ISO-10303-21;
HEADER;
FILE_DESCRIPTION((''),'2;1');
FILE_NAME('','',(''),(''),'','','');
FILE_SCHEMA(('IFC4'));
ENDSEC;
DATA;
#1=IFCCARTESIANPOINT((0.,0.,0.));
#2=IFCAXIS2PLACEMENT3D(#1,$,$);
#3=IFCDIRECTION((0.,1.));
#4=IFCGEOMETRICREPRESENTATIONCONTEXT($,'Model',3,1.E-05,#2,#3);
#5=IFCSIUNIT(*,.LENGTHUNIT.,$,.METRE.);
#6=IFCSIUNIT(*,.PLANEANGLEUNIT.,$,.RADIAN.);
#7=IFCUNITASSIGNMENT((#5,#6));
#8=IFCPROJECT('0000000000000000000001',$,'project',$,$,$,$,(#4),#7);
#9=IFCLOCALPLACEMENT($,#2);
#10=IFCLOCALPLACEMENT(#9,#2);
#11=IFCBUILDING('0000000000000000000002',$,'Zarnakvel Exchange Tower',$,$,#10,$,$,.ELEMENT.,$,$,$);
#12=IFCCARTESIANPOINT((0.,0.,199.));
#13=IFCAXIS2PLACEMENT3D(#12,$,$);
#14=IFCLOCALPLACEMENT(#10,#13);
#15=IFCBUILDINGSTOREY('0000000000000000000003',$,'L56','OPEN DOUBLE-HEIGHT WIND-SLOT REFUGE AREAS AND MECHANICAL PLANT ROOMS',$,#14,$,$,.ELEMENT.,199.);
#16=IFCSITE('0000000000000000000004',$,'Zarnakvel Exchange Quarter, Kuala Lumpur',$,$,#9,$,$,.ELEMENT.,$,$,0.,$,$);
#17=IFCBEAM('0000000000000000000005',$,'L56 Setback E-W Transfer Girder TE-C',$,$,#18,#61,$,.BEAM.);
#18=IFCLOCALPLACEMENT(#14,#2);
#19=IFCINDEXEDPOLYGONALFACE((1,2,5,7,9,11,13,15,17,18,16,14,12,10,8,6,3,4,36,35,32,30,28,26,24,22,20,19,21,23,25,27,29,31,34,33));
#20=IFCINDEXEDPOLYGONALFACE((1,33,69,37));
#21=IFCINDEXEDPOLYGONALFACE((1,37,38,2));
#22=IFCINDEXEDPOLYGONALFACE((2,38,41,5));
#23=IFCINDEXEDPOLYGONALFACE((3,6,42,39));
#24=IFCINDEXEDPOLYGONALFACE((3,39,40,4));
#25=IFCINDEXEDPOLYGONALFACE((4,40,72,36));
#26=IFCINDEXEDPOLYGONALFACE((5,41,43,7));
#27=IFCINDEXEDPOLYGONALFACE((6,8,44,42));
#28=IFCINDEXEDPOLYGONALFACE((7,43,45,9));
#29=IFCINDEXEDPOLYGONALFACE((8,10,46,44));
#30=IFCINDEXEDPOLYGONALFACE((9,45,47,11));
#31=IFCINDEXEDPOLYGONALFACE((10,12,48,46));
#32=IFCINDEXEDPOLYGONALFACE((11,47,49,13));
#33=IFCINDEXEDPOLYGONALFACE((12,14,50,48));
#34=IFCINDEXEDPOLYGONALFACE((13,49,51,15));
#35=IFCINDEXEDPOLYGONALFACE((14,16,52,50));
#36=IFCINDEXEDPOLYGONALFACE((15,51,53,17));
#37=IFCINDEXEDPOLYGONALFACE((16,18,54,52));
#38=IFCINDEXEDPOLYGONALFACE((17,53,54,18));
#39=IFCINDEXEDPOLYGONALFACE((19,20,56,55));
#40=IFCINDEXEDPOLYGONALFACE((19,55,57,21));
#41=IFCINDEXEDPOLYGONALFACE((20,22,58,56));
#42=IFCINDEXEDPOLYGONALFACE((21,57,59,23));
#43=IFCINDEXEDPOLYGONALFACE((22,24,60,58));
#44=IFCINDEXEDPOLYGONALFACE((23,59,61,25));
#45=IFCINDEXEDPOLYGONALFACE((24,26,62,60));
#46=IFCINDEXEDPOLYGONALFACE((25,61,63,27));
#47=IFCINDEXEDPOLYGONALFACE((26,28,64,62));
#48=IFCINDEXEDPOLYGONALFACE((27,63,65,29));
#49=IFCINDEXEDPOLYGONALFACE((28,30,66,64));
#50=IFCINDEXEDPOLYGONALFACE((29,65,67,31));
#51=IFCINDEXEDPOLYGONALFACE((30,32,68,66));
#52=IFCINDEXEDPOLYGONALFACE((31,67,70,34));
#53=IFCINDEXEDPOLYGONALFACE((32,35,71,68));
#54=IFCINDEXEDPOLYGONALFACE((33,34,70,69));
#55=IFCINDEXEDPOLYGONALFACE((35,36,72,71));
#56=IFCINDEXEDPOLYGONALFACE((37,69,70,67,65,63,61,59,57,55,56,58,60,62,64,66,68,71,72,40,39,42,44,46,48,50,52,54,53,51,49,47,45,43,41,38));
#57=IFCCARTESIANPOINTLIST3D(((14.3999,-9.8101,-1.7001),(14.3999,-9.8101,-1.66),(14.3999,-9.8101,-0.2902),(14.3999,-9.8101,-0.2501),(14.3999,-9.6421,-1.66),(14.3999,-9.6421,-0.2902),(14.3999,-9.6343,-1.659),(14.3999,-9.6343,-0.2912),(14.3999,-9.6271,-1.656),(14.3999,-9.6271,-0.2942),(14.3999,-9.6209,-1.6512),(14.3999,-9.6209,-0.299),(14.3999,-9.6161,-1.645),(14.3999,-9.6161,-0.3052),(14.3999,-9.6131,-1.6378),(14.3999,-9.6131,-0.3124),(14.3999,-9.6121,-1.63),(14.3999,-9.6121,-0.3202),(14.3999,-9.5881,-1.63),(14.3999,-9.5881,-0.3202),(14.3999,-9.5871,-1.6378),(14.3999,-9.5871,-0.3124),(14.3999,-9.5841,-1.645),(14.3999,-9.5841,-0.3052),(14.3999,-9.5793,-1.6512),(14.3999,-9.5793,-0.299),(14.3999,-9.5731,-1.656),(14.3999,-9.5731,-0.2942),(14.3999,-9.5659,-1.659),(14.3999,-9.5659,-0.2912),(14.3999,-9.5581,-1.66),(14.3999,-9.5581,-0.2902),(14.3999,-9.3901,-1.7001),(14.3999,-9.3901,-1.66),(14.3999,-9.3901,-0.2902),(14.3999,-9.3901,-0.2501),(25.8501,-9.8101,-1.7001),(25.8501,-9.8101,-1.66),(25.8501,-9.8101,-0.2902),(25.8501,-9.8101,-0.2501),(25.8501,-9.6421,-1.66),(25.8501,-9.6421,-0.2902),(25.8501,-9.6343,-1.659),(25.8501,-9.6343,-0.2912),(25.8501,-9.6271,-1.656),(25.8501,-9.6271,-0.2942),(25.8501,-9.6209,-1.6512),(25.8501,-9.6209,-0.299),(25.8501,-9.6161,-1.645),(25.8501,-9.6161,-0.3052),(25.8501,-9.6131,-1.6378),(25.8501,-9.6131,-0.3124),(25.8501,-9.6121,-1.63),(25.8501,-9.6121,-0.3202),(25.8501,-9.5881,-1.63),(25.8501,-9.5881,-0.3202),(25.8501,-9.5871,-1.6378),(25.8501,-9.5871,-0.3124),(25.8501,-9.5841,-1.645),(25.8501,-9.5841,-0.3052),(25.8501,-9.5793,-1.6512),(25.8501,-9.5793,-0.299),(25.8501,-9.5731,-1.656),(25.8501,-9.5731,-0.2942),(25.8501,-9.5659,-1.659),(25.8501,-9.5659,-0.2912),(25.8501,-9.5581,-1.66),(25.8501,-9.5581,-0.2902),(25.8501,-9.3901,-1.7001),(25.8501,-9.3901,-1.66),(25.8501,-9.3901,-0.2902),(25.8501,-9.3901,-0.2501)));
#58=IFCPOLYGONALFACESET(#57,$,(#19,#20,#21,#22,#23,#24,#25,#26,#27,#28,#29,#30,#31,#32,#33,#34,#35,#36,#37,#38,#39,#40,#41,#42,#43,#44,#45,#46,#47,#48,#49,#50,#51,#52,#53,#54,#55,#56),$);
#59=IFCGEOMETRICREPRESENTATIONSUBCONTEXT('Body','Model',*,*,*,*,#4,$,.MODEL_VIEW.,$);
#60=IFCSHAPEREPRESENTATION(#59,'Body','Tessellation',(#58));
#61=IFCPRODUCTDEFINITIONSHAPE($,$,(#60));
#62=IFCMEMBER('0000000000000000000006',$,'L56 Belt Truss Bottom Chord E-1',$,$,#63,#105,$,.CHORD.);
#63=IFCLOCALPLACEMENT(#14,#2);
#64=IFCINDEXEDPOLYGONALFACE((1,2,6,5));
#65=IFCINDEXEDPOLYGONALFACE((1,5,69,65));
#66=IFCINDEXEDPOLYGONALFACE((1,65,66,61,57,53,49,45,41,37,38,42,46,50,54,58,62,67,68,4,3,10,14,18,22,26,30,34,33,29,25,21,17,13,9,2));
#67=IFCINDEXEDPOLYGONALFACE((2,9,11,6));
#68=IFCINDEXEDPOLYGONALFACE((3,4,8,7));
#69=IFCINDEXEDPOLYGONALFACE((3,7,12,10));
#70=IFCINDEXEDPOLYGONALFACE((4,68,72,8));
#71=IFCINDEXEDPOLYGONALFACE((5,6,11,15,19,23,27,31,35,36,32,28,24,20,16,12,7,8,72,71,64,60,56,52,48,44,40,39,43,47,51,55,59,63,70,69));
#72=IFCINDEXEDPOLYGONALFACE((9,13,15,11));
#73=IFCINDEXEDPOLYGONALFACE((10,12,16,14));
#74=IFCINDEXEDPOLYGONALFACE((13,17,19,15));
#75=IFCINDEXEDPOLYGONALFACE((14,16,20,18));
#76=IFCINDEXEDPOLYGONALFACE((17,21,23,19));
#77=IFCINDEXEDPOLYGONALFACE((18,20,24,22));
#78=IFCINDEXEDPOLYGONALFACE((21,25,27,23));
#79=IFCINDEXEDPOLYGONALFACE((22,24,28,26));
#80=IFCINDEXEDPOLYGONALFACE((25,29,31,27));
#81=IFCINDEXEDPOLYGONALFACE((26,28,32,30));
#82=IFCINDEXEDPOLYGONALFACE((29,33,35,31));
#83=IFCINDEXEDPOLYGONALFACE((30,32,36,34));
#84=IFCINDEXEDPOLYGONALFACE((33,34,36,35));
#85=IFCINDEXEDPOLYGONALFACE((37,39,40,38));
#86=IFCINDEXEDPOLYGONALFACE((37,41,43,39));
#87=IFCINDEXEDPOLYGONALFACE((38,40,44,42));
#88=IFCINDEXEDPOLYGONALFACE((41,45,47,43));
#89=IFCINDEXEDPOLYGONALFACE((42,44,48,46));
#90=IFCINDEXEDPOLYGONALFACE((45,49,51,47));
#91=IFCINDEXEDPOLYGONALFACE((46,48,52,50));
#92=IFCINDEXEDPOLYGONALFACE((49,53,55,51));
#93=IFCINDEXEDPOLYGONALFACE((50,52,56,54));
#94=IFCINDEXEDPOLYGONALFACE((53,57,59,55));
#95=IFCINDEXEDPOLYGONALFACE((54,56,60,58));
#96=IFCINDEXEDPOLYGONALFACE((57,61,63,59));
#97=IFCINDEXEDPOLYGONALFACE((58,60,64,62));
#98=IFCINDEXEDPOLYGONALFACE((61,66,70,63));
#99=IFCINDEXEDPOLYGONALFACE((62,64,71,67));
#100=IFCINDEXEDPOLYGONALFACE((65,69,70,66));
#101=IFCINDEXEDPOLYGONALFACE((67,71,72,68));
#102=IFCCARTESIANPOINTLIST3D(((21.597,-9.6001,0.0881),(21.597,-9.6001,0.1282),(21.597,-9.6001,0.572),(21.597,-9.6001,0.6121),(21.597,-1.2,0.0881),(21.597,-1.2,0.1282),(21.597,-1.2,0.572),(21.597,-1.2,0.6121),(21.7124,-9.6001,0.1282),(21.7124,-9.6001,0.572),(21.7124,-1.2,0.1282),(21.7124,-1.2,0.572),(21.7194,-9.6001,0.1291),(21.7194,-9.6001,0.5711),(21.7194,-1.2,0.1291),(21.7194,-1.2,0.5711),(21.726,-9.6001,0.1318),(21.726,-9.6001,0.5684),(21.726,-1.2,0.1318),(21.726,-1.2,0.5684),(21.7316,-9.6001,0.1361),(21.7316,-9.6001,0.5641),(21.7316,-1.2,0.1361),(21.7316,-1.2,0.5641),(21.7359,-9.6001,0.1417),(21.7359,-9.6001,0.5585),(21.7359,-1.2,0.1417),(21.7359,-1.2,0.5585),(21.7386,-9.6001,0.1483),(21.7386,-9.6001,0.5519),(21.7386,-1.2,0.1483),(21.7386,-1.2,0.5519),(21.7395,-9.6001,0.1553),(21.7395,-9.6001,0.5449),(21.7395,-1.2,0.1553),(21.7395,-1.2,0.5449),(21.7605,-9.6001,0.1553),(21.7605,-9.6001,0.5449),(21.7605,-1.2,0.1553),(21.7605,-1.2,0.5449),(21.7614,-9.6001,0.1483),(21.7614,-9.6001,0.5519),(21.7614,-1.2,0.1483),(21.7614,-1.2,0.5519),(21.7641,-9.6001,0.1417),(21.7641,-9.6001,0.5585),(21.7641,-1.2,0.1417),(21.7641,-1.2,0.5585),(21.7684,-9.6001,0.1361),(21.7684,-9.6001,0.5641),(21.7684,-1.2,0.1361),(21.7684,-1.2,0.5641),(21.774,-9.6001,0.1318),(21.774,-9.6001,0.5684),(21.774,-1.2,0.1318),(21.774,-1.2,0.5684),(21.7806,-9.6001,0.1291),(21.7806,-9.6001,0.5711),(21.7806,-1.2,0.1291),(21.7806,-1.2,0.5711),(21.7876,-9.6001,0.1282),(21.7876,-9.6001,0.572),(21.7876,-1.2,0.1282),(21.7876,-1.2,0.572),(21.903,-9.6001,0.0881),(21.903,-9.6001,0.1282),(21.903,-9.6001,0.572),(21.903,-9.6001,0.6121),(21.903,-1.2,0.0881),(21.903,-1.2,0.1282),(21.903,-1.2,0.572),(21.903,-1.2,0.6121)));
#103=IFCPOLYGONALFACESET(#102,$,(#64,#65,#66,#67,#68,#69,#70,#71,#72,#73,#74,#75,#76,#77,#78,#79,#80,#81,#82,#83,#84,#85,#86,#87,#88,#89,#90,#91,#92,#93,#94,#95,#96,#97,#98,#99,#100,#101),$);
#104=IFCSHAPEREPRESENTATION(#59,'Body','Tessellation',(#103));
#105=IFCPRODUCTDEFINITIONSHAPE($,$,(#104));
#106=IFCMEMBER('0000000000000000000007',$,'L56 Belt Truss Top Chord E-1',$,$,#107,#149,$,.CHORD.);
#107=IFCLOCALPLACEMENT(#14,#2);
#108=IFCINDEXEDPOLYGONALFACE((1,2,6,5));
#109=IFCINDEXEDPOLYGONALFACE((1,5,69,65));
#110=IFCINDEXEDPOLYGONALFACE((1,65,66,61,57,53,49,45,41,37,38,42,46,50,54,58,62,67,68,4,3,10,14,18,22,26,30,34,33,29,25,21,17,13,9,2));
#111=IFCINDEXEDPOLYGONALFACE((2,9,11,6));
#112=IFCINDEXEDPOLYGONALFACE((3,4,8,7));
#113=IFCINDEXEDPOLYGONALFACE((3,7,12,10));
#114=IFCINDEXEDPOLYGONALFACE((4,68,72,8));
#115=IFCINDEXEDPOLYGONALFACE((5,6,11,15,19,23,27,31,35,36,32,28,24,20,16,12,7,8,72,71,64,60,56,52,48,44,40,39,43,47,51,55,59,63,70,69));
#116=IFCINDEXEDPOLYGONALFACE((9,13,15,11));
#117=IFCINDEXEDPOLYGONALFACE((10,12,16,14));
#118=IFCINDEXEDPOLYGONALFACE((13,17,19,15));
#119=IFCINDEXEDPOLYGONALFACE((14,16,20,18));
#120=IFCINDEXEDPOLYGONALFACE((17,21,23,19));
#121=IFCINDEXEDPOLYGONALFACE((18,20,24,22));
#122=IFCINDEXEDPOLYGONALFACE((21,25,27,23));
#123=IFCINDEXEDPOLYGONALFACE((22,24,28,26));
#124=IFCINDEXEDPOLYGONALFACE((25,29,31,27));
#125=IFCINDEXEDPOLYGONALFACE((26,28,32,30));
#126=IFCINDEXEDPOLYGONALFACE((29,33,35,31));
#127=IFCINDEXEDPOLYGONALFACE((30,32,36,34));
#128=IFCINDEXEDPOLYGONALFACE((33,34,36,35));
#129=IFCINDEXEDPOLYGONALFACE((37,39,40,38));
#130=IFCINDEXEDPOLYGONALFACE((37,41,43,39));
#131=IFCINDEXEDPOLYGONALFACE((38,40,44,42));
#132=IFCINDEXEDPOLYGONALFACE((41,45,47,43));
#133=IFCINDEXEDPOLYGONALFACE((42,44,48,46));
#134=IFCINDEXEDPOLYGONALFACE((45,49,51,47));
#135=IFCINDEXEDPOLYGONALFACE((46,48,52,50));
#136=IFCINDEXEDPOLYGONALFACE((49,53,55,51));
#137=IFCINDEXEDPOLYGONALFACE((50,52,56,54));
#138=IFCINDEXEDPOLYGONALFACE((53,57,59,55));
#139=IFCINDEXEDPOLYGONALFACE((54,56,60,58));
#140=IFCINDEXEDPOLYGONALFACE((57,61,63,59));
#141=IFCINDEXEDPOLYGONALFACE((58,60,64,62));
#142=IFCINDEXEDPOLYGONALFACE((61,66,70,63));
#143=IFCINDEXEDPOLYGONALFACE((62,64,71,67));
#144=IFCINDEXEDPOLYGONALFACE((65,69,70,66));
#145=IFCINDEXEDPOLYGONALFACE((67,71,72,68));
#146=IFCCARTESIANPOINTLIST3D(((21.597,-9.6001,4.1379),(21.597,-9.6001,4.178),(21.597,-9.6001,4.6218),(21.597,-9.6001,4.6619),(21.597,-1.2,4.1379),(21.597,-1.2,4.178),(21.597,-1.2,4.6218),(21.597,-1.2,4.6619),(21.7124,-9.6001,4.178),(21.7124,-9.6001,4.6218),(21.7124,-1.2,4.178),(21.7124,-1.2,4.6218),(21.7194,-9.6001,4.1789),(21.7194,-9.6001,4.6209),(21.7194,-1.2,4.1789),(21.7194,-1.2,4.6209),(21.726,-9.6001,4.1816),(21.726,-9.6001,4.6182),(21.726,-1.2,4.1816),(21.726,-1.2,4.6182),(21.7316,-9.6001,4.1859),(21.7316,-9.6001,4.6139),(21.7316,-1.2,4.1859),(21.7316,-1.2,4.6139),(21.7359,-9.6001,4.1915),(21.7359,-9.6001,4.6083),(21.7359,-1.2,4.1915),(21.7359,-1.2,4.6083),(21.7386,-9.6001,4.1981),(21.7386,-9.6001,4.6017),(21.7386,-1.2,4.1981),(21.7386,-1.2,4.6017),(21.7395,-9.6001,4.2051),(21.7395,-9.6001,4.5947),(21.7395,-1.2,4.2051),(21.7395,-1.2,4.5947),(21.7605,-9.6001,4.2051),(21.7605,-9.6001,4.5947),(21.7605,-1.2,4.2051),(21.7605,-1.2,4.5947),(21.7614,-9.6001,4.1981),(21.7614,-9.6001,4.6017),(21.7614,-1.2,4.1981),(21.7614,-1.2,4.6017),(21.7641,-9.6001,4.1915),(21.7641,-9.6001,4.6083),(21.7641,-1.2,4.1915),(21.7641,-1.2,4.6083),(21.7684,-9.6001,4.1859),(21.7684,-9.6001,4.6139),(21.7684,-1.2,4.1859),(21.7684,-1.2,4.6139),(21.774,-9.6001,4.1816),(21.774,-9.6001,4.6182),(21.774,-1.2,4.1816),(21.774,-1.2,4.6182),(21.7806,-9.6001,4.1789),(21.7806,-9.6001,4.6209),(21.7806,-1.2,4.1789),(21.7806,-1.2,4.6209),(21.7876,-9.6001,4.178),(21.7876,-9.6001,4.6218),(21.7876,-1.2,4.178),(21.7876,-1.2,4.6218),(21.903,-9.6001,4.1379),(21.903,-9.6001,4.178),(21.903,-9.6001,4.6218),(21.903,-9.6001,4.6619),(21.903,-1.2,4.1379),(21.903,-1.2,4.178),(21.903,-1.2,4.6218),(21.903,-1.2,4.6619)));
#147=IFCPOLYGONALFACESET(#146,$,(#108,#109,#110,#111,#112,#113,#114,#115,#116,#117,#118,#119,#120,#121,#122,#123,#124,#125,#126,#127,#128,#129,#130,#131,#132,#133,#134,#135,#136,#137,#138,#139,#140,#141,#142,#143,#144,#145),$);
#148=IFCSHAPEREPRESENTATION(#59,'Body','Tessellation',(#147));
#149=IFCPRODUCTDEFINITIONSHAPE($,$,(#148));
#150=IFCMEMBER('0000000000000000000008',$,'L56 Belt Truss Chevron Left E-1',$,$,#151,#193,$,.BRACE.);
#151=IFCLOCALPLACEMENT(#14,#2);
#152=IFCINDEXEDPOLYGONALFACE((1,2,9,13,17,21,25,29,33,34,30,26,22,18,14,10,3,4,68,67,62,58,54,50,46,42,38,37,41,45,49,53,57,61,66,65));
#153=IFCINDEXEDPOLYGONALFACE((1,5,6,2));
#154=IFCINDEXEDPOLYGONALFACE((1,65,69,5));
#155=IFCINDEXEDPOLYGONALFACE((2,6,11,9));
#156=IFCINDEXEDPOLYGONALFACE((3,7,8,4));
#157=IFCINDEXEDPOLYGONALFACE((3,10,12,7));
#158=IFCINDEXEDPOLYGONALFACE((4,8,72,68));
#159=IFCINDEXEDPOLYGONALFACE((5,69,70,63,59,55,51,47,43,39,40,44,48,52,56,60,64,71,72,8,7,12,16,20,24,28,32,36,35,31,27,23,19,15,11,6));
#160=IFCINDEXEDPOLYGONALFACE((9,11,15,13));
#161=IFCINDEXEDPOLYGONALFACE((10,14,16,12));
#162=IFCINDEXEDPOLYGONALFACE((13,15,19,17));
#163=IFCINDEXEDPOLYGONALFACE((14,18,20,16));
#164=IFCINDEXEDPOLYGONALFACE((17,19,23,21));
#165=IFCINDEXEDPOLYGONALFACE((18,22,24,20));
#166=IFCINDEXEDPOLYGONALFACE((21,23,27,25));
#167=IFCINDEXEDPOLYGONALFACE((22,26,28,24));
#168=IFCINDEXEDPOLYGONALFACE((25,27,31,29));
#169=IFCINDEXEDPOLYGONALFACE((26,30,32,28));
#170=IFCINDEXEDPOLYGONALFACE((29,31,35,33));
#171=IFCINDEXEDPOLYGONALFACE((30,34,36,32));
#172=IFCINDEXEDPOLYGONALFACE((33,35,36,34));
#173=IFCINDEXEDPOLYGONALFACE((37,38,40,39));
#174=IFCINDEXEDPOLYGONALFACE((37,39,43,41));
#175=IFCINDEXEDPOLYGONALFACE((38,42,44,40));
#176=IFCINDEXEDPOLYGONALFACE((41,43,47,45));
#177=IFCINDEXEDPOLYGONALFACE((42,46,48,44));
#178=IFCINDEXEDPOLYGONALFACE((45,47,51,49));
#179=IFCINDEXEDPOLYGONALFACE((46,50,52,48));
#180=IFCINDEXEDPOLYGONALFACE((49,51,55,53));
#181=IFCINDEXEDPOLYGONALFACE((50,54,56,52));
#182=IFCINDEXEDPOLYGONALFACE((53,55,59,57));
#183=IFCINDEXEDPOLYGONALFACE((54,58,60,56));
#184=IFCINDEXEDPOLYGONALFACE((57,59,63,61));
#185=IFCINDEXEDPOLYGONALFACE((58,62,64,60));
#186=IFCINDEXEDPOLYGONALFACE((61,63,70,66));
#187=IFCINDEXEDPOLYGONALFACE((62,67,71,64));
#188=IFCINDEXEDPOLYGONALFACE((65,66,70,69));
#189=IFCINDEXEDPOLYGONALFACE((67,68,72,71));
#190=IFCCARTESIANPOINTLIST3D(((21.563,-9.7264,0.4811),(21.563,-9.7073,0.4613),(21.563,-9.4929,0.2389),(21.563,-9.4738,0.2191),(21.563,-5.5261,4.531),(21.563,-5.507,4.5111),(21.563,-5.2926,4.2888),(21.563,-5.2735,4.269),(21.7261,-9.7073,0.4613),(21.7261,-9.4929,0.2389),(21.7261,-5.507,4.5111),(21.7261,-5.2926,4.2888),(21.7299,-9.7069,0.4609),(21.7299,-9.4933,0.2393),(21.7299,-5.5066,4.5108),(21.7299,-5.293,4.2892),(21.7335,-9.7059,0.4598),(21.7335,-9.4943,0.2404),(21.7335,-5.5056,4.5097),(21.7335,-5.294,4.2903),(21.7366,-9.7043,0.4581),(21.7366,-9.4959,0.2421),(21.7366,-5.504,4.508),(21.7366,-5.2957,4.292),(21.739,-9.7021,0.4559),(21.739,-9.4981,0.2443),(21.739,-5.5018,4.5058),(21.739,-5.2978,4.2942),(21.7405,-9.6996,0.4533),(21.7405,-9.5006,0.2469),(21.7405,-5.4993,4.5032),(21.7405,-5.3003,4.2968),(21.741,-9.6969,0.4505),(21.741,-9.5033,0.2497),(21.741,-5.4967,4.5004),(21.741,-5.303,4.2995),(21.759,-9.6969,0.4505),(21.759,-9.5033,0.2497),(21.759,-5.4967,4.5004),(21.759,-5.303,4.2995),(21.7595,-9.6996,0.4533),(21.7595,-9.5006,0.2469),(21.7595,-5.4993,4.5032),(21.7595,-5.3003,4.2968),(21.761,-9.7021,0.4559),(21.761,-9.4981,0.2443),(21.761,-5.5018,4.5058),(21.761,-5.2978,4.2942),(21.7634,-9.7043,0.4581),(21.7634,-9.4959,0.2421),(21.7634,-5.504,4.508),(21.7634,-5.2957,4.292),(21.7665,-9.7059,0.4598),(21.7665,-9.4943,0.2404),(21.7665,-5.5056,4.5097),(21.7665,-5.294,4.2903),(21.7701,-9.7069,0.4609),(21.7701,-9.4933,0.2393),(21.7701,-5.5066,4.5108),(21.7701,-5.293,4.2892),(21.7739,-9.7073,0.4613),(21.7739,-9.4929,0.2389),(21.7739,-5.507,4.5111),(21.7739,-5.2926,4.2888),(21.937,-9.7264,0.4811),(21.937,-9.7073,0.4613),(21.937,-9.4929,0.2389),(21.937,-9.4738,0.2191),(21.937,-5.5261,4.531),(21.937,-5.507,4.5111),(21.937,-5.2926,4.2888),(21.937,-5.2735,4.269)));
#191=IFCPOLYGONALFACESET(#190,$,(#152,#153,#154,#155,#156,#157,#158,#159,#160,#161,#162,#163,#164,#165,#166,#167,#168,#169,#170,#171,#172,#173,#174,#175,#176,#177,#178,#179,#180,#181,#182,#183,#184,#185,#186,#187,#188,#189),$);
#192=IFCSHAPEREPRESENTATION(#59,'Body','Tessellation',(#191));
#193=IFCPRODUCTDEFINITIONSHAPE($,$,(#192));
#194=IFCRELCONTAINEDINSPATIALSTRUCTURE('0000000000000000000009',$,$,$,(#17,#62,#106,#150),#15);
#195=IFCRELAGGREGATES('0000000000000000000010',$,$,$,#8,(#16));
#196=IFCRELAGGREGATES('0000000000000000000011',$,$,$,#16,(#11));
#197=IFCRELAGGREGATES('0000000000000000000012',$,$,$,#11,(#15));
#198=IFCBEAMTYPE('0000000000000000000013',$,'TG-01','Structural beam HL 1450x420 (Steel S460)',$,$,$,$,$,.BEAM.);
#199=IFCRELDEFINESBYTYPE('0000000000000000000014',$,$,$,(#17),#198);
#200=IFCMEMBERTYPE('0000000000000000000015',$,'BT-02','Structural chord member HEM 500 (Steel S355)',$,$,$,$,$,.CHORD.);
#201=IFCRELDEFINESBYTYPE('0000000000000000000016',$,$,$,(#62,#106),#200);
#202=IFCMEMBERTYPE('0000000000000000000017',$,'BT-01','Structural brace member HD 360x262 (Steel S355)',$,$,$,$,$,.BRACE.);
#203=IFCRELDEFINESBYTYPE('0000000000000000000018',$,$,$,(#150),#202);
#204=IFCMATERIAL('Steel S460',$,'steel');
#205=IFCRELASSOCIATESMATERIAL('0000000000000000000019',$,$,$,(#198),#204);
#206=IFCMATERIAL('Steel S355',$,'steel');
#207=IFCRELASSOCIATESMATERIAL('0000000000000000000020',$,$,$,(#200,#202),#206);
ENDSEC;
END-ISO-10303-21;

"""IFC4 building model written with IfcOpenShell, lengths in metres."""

from ifc_helpers import new_model, si_unit, direction, frame, origin, origin_2d, place, context, subcontext, project, spatial, i_section, extrude, source, transform, mapped, material, material_profile, profile_set, type_object, element, save


model = new_model("IFC4")

# Units and contexts
model_context = context("Model", 3, precision=1e-05, world=origin(), true_north=direction((0.0, 1.0)))
body_context = subcontext(model_context, "Body", "Model", "MODEL_VIEW")
ifc_project = project(units=[si_unit("LENGTHUNIT", "METRE"), si_unit("PLANEANGLEUNIT", "RADIAN")], contexts=[model_context])

# Site, building, storey
site_placement = place(None, origin())
site = spatial("IfcSite", under=ifc_project, at=site_placement, Name="Zarnakvel Exchange Quarter, Kuala Lumpur", CompositionType="ELEMENT", RefElevation=0.0)
building_placement = place(site_placement, origin())
building = spatial("IfcBuilding", under=site, at=building_placement, Name="Zarnakvel Exchange Tower", CompositionType="ELEMENT")
storey_placement = place(building_placement, frame((0.0, 0.0, 199.0)))
storey = spatial("IfcBuildingStorey", under=building, at=storey_placement, Name="L56", Description="OPEN DOUBLE-HEIGHT WIND-SLOT REFUGE AREAS AND MECHANICAL PLANT ROOMS", CompositionType="ELEMENT", Elevation=199.0)

# Shared definitions
ifc_material_1 = material(Name="Steel S355", Category="steel")

# Beam
ifc_material_2 = material(Name="Steel S460", Category="steel")
ifc_material_profile_1 = material_profile(ifc_material_2, i_section(OverallWidth=0.4199, OverallDepth=1.45, WebThickness=0.0239, FlangeThickness=0.04, FilletRadius=0.03, at=origin_2d()))
ifc_profile_set_1 = profile_set([ifc_material_profile_1], Name="Steel S460")
beam_type_1 = type_object("IfcBeamType", Name="TG-01", Description="Structural beam HL 1450x420 (Steel S460)", PredefinedType="BEAM", material=ifc_profile_set_1)
beam_1_placement = place(storey_placement, frame((14.3999, -9.6001, -0.9751), z_axis=(1.0, 0.0, 0.0), x_axis=(0.0, 1.0, 0.0)))
element("IfcBeam", 1, at=beam_1_placement, inside=storey, type_object=beam_type_1, Name="L56 Setback E-W Transfer Girder TE-C", PredefinedType="BEAM", context=body_context, shape_type="SweptSolid", body=[
    extrude(i_section(OverallWidth=0.4199, OverallDepth=1.45, WebThickness=0.0239, FlangeThickness=0.04, FilletRadius=0.03, at=origin_2d()), origin(), (0.0, 0.0, 1.0), 11.4502),
])

# Members
ifc_material_profile_2 = material_profile(ifc_material_1, i_section(OverallWidth=0.3059, OverallDepth=0.5239, WebThickness=0.021, FlangeThickness=0.04, FilletRadius=0.0271, at=origin_2d()))
ifc_profile_set_2 = profile_set([ifc_material_profile_2], Name="Steel S355")
member_type_1 = type_object("IfcMemberType", Name="BT-02", Description="Structural chord member HEM 500 (Steel S355)", PredefinedType="CHORD", material=ifc_profile_set_2)
shared_shape_1 = source(origin(), body_context, "Body", "SweptSolid", [
    extrude(i_section(OverallWidth=0.3059, OverallDepth=0.5239, WebThickness=0.021, FlangeThickness=0.04, FilletRadius=0.0271, at=origin_2d()), origin(), (0.0, 0.0, 1.0), 8.4001),
])
for number, where, z_axis, x_axis, name in (
    (2, (21.75, -9.6001, 0.3501), (0.0, 1.0, 0.0), (-1.0, 0.0, 0.0), "L56 Belt Truss Bottom Chord E-1"),
    (3, (21.75, -9.6001, 4.3999), (0.0, 1.0, 0.0), (-1.0, 0.0, 0.0), "L56 Belt Truss Top Chord E-1"),
):
    element("IfcMember", number, at=place(storey_placement, frame(where, z_axis=z_axis, x_axis=x_axis)), inside=storey, type_object=member_type_1, Name=name, PredefinedType="CHORD", context=body_context, shape_type="MappedRepresentation", body=[
        mapped(shared_shape_1, transform((0.0, 0.0, 0.0), x_axis=(1.0, 0.0, 0.0), y_axis=(0.0, 1.0, 0.0), z_axis=(0.0, 0.0, 1.0), scale=1.0)),
    ])
ifc_material_profile_3 = material_profile(ifc_material_1, i_section(OverallWidth=0.374, OverallDepth=0.364, WebThickness=0.0181, FlangeThickness=0.0276, FilletRadius=0.0149, at=origin_2d()))
ifc_profile_set_3 = profile_set([ifc_material_profile_3], Name="Steel S355")
member_type_2 = type_object("IfcMemberType", Name="BT-01", Description="Structural brace member HD 360x262 (Steel S355)", PredefinedType="BRACE", material=ifc_profile_set_3)
shared_shape_2 = source(origin(), body_context, "Body", "SweptSolid", [
    extrude(i_section(OverallWidth=0.374, OverallDepth=0.364, WebThickness=0.0181, FlangeThickness=0.0276, FilletRadius=0.0149, at=origin_2d()), origin(), (0.0, 0.0, 1.0), 5.8347),
])
member_1_placement = place(storey_placement, frame((21.75, -9.6001, 0.3501), z_axis=(0.0, 0.719877, 0.694101), x_axis=(-1.0, 0.0, 0.0)))
element("IfcMember", 4, at=member_1_placement, inside=storey, type_object=member_type_2, Name="L56 Belt Truss Chevron Left E-1", PredefinedType="BRACE", context=body_context, shape_type="MappedRepresentation", body=[
    mapped(shared_shape_2, transform((0.0, 0.0, 0.0), x_axis=(1.0, 0.0, 0.0), y_axis=(0.0, 1.0, 0.0), z_axis=(0.0, 0.0, 1.0), scale=1.0)),
])

save(model, "model.ifc")
